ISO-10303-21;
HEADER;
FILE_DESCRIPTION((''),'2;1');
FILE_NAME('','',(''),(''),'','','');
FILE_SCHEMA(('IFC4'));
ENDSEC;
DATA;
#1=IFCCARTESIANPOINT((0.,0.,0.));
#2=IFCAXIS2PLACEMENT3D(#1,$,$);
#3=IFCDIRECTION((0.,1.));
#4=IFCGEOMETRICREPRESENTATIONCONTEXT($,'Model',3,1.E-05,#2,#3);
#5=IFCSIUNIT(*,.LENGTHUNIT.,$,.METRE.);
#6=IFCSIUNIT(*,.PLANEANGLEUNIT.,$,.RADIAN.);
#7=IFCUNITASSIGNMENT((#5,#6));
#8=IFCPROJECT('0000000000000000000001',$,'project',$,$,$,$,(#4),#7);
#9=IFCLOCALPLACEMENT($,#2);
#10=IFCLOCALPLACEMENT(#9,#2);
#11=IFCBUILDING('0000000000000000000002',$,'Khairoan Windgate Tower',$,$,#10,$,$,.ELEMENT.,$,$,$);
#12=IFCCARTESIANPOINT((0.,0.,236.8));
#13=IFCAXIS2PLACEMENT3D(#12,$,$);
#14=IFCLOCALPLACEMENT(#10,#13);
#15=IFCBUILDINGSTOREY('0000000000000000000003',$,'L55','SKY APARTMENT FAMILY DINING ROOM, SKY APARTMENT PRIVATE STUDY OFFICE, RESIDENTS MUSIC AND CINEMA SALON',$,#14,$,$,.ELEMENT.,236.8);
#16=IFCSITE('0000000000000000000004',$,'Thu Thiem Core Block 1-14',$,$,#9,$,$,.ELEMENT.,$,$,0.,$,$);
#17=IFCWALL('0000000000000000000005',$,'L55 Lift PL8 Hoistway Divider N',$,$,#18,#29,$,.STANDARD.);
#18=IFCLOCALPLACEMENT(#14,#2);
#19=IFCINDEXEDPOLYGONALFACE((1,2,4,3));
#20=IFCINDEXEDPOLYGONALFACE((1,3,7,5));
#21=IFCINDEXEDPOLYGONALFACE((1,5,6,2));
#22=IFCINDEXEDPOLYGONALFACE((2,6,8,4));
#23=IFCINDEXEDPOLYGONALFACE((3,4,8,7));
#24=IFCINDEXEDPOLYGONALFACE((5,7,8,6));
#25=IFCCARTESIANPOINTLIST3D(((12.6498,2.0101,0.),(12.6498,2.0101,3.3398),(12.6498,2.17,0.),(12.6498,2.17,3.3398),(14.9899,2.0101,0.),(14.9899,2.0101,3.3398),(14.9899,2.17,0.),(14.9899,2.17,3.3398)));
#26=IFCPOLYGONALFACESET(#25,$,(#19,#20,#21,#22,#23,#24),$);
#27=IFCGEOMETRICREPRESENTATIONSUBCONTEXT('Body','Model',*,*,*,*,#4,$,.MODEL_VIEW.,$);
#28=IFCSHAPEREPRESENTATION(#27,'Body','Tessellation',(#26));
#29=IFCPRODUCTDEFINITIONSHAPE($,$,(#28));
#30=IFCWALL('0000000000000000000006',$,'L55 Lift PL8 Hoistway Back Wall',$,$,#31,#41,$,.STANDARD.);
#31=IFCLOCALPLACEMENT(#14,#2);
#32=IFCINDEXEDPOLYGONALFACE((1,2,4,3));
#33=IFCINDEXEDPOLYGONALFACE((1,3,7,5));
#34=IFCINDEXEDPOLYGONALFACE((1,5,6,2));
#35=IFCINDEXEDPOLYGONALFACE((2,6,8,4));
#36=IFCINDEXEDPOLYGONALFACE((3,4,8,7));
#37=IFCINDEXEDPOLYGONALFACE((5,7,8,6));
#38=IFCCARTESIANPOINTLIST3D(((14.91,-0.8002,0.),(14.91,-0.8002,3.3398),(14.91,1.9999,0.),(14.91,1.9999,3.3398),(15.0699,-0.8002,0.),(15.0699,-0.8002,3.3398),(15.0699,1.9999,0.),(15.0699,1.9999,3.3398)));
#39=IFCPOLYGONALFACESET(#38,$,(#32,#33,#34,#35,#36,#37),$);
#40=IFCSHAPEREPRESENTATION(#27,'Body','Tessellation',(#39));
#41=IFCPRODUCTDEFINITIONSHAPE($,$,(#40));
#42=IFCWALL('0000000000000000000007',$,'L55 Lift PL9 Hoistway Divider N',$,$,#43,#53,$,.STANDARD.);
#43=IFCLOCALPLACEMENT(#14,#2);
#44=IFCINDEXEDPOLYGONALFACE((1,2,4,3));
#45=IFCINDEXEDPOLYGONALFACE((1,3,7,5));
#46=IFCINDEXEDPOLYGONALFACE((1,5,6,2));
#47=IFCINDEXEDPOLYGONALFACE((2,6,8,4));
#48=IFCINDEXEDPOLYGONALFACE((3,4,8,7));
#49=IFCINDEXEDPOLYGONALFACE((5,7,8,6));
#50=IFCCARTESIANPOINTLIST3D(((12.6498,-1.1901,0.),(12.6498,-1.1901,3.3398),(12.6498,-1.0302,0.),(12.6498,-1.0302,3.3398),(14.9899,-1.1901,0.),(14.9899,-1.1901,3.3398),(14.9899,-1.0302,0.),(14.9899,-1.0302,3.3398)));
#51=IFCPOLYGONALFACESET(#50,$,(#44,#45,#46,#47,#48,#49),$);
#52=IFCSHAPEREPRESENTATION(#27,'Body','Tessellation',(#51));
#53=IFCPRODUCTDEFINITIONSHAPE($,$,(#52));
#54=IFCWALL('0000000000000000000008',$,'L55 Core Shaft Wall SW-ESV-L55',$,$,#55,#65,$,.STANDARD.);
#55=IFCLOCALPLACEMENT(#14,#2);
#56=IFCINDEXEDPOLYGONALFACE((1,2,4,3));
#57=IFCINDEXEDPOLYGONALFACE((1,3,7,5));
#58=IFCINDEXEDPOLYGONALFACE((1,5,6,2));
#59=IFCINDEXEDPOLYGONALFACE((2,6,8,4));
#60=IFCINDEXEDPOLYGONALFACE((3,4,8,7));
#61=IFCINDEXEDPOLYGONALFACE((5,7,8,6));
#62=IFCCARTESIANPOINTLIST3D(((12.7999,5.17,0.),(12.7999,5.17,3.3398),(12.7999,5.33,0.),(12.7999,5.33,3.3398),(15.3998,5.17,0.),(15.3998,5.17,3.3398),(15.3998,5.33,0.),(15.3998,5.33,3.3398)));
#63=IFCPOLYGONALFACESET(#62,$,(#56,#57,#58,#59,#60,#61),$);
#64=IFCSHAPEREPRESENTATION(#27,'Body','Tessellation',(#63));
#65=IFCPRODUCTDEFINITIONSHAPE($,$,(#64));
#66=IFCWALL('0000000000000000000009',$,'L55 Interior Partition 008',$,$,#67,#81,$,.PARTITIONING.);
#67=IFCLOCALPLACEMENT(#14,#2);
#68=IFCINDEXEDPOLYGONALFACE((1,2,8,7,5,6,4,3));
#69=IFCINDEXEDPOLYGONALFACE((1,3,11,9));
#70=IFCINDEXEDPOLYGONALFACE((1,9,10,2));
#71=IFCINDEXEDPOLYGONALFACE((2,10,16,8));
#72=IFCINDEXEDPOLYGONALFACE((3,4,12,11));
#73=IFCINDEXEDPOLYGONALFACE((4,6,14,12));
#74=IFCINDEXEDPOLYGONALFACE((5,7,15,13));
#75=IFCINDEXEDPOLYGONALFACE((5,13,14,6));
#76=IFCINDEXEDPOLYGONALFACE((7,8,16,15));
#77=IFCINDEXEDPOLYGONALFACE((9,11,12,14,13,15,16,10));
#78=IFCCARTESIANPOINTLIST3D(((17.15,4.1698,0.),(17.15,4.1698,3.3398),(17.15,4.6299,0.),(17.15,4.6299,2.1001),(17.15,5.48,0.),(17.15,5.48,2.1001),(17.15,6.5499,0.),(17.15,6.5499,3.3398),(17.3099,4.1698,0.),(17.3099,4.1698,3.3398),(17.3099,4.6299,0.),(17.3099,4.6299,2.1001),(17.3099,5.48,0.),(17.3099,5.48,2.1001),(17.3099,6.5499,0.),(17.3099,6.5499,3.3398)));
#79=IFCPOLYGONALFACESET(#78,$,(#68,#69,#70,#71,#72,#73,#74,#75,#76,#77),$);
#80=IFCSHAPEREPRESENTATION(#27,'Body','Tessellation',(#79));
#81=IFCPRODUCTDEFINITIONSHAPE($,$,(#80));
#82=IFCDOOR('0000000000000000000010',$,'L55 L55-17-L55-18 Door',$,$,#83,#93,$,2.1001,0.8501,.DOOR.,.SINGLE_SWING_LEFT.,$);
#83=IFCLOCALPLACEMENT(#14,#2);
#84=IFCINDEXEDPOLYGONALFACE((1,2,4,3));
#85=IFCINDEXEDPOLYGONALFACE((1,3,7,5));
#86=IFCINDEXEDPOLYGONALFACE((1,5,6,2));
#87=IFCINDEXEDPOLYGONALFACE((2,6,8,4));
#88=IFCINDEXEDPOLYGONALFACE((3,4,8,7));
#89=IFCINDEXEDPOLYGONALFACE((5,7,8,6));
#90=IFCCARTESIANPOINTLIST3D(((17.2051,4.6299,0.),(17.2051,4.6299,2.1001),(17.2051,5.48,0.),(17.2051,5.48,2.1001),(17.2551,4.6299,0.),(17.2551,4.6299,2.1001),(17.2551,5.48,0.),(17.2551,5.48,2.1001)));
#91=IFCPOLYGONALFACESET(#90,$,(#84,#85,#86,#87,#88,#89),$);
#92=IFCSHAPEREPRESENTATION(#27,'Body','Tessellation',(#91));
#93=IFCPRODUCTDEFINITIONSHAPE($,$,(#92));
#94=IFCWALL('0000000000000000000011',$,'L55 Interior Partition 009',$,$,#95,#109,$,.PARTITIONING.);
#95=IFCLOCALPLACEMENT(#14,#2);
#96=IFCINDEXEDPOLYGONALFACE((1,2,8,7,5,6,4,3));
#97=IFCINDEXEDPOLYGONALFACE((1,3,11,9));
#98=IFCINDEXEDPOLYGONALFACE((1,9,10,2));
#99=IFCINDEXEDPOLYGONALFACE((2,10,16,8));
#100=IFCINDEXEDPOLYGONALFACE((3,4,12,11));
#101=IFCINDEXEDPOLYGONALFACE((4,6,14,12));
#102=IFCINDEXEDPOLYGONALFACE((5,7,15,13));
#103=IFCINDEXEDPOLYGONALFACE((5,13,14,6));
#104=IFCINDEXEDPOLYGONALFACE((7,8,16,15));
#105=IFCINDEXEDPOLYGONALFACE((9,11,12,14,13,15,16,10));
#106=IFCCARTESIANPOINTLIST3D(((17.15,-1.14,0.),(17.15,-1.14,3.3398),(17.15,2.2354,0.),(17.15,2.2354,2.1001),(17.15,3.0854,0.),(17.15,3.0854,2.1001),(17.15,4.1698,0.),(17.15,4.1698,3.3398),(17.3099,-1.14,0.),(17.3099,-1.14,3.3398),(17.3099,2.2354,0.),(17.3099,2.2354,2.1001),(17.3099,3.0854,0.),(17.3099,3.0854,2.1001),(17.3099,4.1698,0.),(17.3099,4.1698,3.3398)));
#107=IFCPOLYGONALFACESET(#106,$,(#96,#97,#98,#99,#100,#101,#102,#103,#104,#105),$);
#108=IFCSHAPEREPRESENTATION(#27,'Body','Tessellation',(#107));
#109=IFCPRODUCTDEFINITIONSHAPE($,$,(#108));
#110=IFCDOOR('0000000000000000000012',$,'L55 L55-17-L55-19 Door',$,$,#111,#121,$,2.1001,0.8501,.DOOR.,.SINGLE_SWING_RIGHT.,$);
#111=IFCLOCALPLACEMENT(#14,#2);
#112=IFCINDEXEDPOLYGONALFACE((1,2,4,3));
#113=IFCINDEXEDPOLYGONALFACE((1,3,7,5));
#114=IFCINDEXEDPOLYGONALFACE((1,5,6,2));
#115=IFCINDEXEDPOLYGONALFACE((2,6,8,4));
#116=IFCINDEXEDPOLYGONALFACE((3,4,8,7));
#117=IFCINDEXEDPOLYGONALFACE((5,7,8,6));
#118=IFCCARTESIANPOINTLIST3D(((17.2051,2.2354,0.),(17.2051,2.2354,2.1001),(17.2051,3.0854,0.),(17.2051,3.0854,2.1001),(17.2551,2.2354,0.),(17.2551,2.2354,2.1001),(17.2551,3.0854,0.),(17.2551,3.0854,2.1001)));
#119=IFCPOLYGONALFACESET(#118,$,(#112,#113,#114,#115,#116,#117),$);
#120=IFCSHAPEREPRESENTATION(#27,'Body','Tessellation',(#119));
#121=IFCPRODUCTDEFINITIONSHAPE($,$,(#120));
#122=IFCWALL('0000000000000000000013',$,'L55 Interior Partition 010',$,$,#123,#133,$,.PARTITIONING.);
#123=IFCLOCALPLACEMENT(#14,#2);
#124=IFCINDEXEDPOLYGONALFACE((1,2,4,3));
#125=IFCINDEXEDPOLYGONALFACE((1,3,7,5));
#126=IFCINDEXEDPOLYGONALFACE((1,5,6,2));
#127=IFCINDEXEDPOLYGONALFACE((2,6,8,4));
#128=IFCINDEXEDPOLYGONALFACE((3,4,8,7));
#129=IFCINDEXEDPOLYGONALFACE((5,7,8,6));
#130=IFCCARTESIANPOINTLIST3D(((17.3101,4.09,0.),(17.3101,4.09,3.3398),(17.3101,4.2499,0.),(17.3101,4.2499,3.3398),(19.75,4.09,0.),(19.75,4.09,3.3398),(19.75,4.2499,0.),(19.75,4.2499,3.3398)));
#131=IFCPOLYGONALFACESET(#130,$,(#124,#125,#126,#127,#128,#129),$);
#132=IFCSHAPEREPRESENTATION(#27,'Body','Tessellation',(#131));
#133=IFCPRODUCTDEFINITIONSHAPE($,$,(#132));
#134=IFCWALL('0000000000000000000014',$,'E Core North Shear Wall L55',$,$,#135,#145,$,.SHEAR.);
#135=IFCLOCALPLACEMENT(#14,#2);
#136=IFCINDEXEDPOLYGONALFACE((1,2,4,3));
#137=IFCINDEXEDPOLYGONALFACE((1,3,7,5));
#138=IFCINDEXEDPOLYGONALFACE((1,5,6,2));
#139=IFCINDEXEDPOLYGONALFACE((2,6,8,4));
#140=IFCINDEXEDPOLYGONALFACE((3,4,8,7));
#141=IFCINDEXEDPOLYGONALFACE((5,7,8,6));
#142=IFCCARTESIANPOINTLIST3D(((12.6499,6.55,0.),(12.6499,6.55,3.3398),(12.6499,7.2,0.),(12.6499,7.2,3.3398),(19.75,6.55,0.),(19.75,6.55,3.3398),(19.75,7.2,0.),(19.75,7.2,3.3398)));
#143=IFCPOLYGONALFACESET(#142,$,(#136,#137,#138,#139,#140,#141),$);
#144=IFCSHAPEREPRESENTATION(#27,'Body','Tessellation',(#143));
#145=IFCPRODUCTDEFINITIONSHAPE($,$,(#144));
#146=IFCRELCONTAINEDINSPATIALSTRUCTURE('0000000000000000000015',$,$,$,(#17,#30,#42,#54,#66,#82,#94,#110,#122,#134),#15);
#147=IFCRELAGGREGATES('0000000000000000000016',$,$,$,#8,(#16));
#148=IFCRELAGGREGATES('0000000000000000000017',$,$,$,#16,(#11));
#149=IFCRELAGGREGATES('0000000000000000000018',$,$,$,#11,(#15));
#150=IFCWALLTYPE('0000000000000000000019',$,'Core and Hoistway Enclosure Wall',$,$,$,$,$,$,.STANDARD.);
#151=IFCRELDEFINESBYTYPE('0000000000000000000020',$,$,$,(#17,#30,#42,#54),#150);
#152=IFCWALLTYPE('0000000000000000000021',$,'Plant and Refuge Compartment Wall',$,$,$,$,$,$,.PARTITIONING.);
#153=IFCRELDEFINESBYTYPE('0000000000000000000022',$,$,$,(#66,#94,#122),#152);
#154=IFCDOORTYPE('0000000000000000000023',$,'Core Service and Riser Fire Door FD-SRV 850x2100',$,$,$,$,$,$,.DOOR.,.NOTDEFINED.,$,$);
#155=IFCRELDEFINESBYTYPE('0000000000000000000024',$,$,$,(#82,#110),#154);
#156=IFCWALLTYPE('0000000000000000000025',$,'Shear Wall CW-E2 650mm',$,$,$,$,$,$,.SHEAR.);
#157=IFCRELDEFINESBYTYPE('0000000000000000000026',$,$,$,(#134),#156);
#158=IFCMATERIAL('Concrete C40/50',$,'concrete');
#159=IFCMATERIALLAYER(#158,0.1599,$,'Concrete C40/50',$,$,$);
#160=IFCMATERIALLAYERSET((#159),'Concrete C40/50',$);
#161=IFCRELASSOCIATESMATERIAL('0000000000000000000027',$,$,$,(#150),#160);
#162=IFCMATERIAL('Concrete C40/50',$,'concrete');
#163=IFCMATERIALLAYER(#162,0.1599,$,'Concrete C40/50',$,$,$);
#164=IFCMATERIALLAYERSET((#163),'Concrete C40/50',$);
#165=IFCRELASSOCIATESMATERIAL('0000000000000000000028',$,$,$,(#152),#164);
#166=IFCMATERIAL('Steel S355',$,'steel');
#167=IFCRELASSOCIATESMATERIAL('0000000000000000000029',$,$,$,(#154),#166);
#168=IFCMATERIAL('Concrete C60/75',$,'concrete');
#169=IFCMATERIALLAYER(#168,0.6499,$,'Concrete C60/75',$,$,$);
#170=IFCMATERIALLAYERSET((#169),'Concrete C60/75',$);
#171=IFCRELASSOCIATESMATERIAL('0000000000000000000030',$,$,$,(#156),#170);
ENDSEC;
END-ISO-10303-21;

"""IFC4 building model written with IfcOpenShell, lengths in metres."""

from ifc_helpers import new_model, si_unit, direction, frame, frame_2d, origin, place, context, subcontext, project, spatial, rectangle, extrude, material, layer, layer_set, type_object, element, fill, save


model = new_model("IFC4")

# Units and contexts
model_context = context("Model", 3, precision=1e-05, world=origin(), true_north=direction((0.0, 1.0)))
body_context = subcontext(model_context, "Body", "Model", "MODEL_VIEW")
ifc_project = project(units=[si_unit("LENGTHUNIT", "METRE"), si_unit("PLANEANGLEUNIT", "RADIAN")], contexts=[model_context])

# Site, building, storey
site_placement = place(None, origin())
site = spatial("IfcSite", under=ifc_project, at=site_placement, Name="Thu Thiem Core Block 1-14", CompositionType="ELEMENT", RefElevation=0.0)
building_placement = place(site_placement, origin())
building = spatial("IfcBuilding", under=site, at=building_placement, Name="Khairoan Windgate Tower", CompositionType="ELEMENT")
storey_placement = place(building_placement, frame((0.0, 0.0, 236.8)))
storey = spatial("IfcBuildingStorey", under=building, at=storey_placement, Name="L55", Description="SKY APARTMENT FAMILY DINING ROOM, SKY APARTMENT PRIVATE STUDY OFFICE, RESIDENTS MUSIC AND CINEMA SALON", CompositionType="ELEMENT", Elevation=236.8)

# Walls
ifc_material_1 = material(Name="Concrete C40/50", Category="concrete")
ifc_layer_1 = layer(ifc_material_1, 0.1599, Name="Concrete C40/50")
ifc_layer_set_1 = layer_set([ifc_layer_1], Name="Concrete C40/50")
wall_type_1 = type_object("IfcWallType", Name="Core and Hoistway Enclosure Wall", PredefinedType="STANDARD", material=ifc_layer_set_1)
for number, where, z_axis, x_axis, name in (
    (1, (12.6499, 2.0901, 0.0), (0.0, 0.0, 1.0), (1.0, 0.0, 0.0), "L55 Lift PL8 Hoistway Divider N"),
):
    element("IfcWall", number, at=place(storey_placement, frame(where, z_axis=z_axis, x_axis=x_axis)), inside=storey, type_object=wall_type_1, Name=name, PredefinedType="STANDARD", context=body_context, shape_type="SweptSolid", body=[
        extrude(rectangle(XDim=2.3401, YDim=0.1599, at=frame_2d((1.1699, 0.0))), origin(), (0.0, 0.0, 1.0), 3.3398),
    ])
wall_1_placement = place(storey_placement, frame((14.99, -0.8, 0.0), z_axis=(0.0, 0.0, 1.0), x_axis=(0.0, 1.0, 0.0)))
element("IfcWall", 2, at=wall_1_placement, inside=storey, type_object=wall_type_1, Name="L55 Lift PL8 Hoistway Back Wall", PredefinedType="STANDARD", context=body_context, shape_type="SweptSolid", body=[
    extrude(rectangle(XDim=2.8, YDim=0.1599, at=frame_2d((1.3999, 0.0))), origin(), (0.0, 0.0, 1.0), 3.3398),
])
wall_2_placement = place(storey_placement, frame((12.6499, -1.1101, 0.0), z_axis=(0.0, 0.0, 1.0), x_axis=(1.0, 0.0, 0.0)))
element("IfcWall", 3, at=wall_2_placement, inside=storey, type_object=wall_type_1, Name="L55 Lift PL9 Hoistway Divider N", PredefinedType="STANDARD", context=body_context, shape_type="SweptSolid", body=[
    extrude(rectangle(XDim=2.3401, YDim=0.1599, at=frame_2d((1.1699, 0.0))), origin(), (0.0, 0.0, 1.0), 3.3398),
])
wall_3_placement = place(storey_placement, frame((12.8, 5.25, 0.0), z_axis=(0.0, 0.0, 1.0), x_axis=(1.0, 0.0, 0.0)))
element("IfcWall", 4, at=wall_3_placement, inside=storey, type_object=wall_type_1, Name="L55 Core Shaft Wall SW-ESV-L55", PredefinedType="STANDARD", context=body_context, shape_type="SweptSolid", body=[
    extrude(rectangle(XDim=2.5999, YDim=0.1599, at=frame_2d((1.2998, 0.0))), origin(), (0.0, 0.0, 1.0), 3.3398),
])

# Walls, openings, doors
ifc_material_2 = material(Name="Concrete C40/50", Category="concrete")
ifc_layer_2 = layer(ifc_material_2, 0.1599, Name="Concrete C40/50")
ifc_layer_set_2 = layer_set([ifc_layer_2], Name="Concrete C40/50")
wall_type_2 = type_object("IfcWallType", Name="Plant and Refuge Compartment Wall", PredefinedType="PARTITIONING", material=ifc_layer_set_2)
wall_4_placement = place(storey_placement, frame((17.23, 4.1699, 0.0), z_axis=(0.0, 0.0, 1.0), x_axis=(0.0, 1.0, 0.0)))
wall_4 = element("IfcWall", 5, at=wall_4_placement, inside=storey, type_object=wall_type_2, Name="L55 Interior Partition 008", PredefinedType="PARTITIONING", context=body_context, shape_type="SweptSolid", body=[
    extrude(rectangle(XDim=2.3801, YDim=0.1599, at=frame_2d((1.1899, 0.0))), origin(), (0.0, 0.0, 1.0), 3.3398),
])
opening_1_placement = place(wall_4_placement, frame((0.46, 0.0, 0.0)))
opening_1 = element("IfcOpeningElement", 6, at=opening_1_placement, cuts=wall_4, PredefinedType="OPENING", context=body_context, shape_type="SweptSolid", body=[
    extrude(rectangle(XDim=0.8501, YDim=2.1001, at=frame_2d((0.425, 1.05))), frame((0.0, 0.0898, 0.0), z_axis=(0.0, -1.0, 0.0), x_axis=(1.0, 0.0, 0.0)), (0.0, 0.0, 1.0), 0.1799),
])
ifc_material_3 = material(Name="Steel S355", Category="steel")
door_type = type_object("IfcDoorType", Name="Core Service and Riser Fire Door FD-SRV 850x2100", OperationType="NOTDEFINED", PredefinedType="DOOR", material=ifc_material_3)
door_1_placement = place(opening_1_placement, origin())
door_1 = element("IfcDoor", 7, at=door_1_placement, inside=storey, type_object=door_type, Name="L55 L55-17-L55-18 Door", OperationType="SINGLE_SWING_LEFT", OverallHeight=2.1001, OverallWidth=0.8501, PredefinedType="DOOR", context=body_context, shape_type="SweptSolid", body=[
    extrude(rectangle(XDim=0.8501, YDim=2.1001, at=frame_2d((0.425, 1.05))), frame((0.0, 0.0249, 0.0), z_axis=(0.0, -1.0, 0.0), x_axis=(1.0, 0.0, 0.0)), (0.0, 0.0, 1.0), 0.05),
])
fill(opening_1, door_1)
wall_5_placement = place(storey_placement, frame((17.23, -1.1399, 0.0), z_axis=(0.0, 0.0, 1.0), x_axis=(0.0, 1.0, 0.0)))
wall_5 = element("IfcWall", 8, at=wall_5_placement, inside=storey, type_object=wall_type_2, Name="L55 Interior Partition 009", PredefinedType="PARTITIONING", context=body_context, shape_type="SweptSolid", body=[
    extrude(rectangle(XDim=5.3098, YDim=0.1599, at=frame_2d((2.6548, 0.0))), origin(), (0.0, 0.0, 1.0), 3.3398),
])
opening_2_placement = place(wall_5_placement, frame((3.3752, 0.0, 0.0)))
opening_2 = element("IfcOpeningElement", 9, at=opening_2_placement, cuts=wall_5, PredefinedType="OPENING", context=body_context, shape_type="SweptSolid", body=[
    extrude(rectangle(XDim=0.8501, YDim=2.1001, at=frame_2d((0.425, 1.05))), frame((0.0, 0.0898, 0.0), z_axis=(0.0, -1.0, 0.0), x_axis=(1.0, 0.0, 0.0)), (0.0, 0.0, 1.0), 0.1799),
])
door_2_placement = place(opening_2_placement, origin())
door_2 = element("IfcDoor", 10, at=door_2_placement, inside=storey, type_object=door_type, Name="L55 L55-17-L55-19 Door", OperationType="SINGLE_SWING_RIGHT", OverallHeight=2.1001, OverallWidth=0.8501, PredefinedType="DOOR", context=body_context, shape_type="SweptSolid", body=[
    extrude(rectangle(XDim=0.8501, YDim=2.1001, at=frame_2d((0.425, 1.05))), frame((0.0, 0.0249, 0.0), z_axis=(0.0, -1.0, 0.0), x_axis=(1.0, 0.0, 0.0)), (0.0, 0.0, 1.0), 0.05),
])
fill(opening_2, door_2)

# Walls
wall_6_placement = place(storey_placement, frame((17.3101, 4.1699, 0.0), z_axis=(0.0, 0.0, 1.0), x_axis=(1.0, 0.0, 0.0)))
element("IfcWall", 11, at=wall_6_placement, inside=storey, type_object=wall_type_2, Name="L55 Interior Partition 010", PredefinedType="PARTITIONING", context=body_context, shape_type="SweptSolid", body=[
    extrude(rectangle(XDim=2.4399, YDim=0.1599, at=frame_2d((1.22, 0.0))), origin(), (0.0, 0.0, 1.0), 3.3398),
])
ifc_material_4 = material(Name="Concrete C60/75", Category="concrete")
ifc_layer_3 = layer(ifc_material_4, 0.6499, Name="Concrete C60/75")
ifc_layer_set_3 = layer_set([ifc_layer_3], Name="Concrete C60/75")
wall_type_3 = type_object("IfcWallType", Name="Shear Wall CW-E2 650mm", PredefinedType="SHEAR", material=ifc_layer_set_3)
wall_7_placement = place(storey_placement, frame((12.6499, 6.875, 0.0), z_axis=(0.0, 0.0, 1.0), x_axis=(1.0, 0.0, 0.0)))
element("IfcWall", 12, at=wall_7_placement, inside=storey, type_object=wall_type_3, Name="E Core North Shear Wall L55", PredefinedType="SHEAR", context=body_context, shape_type="SweptSolid", body=[
    extrude(rectangle(XDim=7.1001, YDim=0.6499, at=frame_2d((3.55, 0.0))), origin(), (0.0, 0.0, 1.0), 3.3398),
])

save(model, "model.ifc")
